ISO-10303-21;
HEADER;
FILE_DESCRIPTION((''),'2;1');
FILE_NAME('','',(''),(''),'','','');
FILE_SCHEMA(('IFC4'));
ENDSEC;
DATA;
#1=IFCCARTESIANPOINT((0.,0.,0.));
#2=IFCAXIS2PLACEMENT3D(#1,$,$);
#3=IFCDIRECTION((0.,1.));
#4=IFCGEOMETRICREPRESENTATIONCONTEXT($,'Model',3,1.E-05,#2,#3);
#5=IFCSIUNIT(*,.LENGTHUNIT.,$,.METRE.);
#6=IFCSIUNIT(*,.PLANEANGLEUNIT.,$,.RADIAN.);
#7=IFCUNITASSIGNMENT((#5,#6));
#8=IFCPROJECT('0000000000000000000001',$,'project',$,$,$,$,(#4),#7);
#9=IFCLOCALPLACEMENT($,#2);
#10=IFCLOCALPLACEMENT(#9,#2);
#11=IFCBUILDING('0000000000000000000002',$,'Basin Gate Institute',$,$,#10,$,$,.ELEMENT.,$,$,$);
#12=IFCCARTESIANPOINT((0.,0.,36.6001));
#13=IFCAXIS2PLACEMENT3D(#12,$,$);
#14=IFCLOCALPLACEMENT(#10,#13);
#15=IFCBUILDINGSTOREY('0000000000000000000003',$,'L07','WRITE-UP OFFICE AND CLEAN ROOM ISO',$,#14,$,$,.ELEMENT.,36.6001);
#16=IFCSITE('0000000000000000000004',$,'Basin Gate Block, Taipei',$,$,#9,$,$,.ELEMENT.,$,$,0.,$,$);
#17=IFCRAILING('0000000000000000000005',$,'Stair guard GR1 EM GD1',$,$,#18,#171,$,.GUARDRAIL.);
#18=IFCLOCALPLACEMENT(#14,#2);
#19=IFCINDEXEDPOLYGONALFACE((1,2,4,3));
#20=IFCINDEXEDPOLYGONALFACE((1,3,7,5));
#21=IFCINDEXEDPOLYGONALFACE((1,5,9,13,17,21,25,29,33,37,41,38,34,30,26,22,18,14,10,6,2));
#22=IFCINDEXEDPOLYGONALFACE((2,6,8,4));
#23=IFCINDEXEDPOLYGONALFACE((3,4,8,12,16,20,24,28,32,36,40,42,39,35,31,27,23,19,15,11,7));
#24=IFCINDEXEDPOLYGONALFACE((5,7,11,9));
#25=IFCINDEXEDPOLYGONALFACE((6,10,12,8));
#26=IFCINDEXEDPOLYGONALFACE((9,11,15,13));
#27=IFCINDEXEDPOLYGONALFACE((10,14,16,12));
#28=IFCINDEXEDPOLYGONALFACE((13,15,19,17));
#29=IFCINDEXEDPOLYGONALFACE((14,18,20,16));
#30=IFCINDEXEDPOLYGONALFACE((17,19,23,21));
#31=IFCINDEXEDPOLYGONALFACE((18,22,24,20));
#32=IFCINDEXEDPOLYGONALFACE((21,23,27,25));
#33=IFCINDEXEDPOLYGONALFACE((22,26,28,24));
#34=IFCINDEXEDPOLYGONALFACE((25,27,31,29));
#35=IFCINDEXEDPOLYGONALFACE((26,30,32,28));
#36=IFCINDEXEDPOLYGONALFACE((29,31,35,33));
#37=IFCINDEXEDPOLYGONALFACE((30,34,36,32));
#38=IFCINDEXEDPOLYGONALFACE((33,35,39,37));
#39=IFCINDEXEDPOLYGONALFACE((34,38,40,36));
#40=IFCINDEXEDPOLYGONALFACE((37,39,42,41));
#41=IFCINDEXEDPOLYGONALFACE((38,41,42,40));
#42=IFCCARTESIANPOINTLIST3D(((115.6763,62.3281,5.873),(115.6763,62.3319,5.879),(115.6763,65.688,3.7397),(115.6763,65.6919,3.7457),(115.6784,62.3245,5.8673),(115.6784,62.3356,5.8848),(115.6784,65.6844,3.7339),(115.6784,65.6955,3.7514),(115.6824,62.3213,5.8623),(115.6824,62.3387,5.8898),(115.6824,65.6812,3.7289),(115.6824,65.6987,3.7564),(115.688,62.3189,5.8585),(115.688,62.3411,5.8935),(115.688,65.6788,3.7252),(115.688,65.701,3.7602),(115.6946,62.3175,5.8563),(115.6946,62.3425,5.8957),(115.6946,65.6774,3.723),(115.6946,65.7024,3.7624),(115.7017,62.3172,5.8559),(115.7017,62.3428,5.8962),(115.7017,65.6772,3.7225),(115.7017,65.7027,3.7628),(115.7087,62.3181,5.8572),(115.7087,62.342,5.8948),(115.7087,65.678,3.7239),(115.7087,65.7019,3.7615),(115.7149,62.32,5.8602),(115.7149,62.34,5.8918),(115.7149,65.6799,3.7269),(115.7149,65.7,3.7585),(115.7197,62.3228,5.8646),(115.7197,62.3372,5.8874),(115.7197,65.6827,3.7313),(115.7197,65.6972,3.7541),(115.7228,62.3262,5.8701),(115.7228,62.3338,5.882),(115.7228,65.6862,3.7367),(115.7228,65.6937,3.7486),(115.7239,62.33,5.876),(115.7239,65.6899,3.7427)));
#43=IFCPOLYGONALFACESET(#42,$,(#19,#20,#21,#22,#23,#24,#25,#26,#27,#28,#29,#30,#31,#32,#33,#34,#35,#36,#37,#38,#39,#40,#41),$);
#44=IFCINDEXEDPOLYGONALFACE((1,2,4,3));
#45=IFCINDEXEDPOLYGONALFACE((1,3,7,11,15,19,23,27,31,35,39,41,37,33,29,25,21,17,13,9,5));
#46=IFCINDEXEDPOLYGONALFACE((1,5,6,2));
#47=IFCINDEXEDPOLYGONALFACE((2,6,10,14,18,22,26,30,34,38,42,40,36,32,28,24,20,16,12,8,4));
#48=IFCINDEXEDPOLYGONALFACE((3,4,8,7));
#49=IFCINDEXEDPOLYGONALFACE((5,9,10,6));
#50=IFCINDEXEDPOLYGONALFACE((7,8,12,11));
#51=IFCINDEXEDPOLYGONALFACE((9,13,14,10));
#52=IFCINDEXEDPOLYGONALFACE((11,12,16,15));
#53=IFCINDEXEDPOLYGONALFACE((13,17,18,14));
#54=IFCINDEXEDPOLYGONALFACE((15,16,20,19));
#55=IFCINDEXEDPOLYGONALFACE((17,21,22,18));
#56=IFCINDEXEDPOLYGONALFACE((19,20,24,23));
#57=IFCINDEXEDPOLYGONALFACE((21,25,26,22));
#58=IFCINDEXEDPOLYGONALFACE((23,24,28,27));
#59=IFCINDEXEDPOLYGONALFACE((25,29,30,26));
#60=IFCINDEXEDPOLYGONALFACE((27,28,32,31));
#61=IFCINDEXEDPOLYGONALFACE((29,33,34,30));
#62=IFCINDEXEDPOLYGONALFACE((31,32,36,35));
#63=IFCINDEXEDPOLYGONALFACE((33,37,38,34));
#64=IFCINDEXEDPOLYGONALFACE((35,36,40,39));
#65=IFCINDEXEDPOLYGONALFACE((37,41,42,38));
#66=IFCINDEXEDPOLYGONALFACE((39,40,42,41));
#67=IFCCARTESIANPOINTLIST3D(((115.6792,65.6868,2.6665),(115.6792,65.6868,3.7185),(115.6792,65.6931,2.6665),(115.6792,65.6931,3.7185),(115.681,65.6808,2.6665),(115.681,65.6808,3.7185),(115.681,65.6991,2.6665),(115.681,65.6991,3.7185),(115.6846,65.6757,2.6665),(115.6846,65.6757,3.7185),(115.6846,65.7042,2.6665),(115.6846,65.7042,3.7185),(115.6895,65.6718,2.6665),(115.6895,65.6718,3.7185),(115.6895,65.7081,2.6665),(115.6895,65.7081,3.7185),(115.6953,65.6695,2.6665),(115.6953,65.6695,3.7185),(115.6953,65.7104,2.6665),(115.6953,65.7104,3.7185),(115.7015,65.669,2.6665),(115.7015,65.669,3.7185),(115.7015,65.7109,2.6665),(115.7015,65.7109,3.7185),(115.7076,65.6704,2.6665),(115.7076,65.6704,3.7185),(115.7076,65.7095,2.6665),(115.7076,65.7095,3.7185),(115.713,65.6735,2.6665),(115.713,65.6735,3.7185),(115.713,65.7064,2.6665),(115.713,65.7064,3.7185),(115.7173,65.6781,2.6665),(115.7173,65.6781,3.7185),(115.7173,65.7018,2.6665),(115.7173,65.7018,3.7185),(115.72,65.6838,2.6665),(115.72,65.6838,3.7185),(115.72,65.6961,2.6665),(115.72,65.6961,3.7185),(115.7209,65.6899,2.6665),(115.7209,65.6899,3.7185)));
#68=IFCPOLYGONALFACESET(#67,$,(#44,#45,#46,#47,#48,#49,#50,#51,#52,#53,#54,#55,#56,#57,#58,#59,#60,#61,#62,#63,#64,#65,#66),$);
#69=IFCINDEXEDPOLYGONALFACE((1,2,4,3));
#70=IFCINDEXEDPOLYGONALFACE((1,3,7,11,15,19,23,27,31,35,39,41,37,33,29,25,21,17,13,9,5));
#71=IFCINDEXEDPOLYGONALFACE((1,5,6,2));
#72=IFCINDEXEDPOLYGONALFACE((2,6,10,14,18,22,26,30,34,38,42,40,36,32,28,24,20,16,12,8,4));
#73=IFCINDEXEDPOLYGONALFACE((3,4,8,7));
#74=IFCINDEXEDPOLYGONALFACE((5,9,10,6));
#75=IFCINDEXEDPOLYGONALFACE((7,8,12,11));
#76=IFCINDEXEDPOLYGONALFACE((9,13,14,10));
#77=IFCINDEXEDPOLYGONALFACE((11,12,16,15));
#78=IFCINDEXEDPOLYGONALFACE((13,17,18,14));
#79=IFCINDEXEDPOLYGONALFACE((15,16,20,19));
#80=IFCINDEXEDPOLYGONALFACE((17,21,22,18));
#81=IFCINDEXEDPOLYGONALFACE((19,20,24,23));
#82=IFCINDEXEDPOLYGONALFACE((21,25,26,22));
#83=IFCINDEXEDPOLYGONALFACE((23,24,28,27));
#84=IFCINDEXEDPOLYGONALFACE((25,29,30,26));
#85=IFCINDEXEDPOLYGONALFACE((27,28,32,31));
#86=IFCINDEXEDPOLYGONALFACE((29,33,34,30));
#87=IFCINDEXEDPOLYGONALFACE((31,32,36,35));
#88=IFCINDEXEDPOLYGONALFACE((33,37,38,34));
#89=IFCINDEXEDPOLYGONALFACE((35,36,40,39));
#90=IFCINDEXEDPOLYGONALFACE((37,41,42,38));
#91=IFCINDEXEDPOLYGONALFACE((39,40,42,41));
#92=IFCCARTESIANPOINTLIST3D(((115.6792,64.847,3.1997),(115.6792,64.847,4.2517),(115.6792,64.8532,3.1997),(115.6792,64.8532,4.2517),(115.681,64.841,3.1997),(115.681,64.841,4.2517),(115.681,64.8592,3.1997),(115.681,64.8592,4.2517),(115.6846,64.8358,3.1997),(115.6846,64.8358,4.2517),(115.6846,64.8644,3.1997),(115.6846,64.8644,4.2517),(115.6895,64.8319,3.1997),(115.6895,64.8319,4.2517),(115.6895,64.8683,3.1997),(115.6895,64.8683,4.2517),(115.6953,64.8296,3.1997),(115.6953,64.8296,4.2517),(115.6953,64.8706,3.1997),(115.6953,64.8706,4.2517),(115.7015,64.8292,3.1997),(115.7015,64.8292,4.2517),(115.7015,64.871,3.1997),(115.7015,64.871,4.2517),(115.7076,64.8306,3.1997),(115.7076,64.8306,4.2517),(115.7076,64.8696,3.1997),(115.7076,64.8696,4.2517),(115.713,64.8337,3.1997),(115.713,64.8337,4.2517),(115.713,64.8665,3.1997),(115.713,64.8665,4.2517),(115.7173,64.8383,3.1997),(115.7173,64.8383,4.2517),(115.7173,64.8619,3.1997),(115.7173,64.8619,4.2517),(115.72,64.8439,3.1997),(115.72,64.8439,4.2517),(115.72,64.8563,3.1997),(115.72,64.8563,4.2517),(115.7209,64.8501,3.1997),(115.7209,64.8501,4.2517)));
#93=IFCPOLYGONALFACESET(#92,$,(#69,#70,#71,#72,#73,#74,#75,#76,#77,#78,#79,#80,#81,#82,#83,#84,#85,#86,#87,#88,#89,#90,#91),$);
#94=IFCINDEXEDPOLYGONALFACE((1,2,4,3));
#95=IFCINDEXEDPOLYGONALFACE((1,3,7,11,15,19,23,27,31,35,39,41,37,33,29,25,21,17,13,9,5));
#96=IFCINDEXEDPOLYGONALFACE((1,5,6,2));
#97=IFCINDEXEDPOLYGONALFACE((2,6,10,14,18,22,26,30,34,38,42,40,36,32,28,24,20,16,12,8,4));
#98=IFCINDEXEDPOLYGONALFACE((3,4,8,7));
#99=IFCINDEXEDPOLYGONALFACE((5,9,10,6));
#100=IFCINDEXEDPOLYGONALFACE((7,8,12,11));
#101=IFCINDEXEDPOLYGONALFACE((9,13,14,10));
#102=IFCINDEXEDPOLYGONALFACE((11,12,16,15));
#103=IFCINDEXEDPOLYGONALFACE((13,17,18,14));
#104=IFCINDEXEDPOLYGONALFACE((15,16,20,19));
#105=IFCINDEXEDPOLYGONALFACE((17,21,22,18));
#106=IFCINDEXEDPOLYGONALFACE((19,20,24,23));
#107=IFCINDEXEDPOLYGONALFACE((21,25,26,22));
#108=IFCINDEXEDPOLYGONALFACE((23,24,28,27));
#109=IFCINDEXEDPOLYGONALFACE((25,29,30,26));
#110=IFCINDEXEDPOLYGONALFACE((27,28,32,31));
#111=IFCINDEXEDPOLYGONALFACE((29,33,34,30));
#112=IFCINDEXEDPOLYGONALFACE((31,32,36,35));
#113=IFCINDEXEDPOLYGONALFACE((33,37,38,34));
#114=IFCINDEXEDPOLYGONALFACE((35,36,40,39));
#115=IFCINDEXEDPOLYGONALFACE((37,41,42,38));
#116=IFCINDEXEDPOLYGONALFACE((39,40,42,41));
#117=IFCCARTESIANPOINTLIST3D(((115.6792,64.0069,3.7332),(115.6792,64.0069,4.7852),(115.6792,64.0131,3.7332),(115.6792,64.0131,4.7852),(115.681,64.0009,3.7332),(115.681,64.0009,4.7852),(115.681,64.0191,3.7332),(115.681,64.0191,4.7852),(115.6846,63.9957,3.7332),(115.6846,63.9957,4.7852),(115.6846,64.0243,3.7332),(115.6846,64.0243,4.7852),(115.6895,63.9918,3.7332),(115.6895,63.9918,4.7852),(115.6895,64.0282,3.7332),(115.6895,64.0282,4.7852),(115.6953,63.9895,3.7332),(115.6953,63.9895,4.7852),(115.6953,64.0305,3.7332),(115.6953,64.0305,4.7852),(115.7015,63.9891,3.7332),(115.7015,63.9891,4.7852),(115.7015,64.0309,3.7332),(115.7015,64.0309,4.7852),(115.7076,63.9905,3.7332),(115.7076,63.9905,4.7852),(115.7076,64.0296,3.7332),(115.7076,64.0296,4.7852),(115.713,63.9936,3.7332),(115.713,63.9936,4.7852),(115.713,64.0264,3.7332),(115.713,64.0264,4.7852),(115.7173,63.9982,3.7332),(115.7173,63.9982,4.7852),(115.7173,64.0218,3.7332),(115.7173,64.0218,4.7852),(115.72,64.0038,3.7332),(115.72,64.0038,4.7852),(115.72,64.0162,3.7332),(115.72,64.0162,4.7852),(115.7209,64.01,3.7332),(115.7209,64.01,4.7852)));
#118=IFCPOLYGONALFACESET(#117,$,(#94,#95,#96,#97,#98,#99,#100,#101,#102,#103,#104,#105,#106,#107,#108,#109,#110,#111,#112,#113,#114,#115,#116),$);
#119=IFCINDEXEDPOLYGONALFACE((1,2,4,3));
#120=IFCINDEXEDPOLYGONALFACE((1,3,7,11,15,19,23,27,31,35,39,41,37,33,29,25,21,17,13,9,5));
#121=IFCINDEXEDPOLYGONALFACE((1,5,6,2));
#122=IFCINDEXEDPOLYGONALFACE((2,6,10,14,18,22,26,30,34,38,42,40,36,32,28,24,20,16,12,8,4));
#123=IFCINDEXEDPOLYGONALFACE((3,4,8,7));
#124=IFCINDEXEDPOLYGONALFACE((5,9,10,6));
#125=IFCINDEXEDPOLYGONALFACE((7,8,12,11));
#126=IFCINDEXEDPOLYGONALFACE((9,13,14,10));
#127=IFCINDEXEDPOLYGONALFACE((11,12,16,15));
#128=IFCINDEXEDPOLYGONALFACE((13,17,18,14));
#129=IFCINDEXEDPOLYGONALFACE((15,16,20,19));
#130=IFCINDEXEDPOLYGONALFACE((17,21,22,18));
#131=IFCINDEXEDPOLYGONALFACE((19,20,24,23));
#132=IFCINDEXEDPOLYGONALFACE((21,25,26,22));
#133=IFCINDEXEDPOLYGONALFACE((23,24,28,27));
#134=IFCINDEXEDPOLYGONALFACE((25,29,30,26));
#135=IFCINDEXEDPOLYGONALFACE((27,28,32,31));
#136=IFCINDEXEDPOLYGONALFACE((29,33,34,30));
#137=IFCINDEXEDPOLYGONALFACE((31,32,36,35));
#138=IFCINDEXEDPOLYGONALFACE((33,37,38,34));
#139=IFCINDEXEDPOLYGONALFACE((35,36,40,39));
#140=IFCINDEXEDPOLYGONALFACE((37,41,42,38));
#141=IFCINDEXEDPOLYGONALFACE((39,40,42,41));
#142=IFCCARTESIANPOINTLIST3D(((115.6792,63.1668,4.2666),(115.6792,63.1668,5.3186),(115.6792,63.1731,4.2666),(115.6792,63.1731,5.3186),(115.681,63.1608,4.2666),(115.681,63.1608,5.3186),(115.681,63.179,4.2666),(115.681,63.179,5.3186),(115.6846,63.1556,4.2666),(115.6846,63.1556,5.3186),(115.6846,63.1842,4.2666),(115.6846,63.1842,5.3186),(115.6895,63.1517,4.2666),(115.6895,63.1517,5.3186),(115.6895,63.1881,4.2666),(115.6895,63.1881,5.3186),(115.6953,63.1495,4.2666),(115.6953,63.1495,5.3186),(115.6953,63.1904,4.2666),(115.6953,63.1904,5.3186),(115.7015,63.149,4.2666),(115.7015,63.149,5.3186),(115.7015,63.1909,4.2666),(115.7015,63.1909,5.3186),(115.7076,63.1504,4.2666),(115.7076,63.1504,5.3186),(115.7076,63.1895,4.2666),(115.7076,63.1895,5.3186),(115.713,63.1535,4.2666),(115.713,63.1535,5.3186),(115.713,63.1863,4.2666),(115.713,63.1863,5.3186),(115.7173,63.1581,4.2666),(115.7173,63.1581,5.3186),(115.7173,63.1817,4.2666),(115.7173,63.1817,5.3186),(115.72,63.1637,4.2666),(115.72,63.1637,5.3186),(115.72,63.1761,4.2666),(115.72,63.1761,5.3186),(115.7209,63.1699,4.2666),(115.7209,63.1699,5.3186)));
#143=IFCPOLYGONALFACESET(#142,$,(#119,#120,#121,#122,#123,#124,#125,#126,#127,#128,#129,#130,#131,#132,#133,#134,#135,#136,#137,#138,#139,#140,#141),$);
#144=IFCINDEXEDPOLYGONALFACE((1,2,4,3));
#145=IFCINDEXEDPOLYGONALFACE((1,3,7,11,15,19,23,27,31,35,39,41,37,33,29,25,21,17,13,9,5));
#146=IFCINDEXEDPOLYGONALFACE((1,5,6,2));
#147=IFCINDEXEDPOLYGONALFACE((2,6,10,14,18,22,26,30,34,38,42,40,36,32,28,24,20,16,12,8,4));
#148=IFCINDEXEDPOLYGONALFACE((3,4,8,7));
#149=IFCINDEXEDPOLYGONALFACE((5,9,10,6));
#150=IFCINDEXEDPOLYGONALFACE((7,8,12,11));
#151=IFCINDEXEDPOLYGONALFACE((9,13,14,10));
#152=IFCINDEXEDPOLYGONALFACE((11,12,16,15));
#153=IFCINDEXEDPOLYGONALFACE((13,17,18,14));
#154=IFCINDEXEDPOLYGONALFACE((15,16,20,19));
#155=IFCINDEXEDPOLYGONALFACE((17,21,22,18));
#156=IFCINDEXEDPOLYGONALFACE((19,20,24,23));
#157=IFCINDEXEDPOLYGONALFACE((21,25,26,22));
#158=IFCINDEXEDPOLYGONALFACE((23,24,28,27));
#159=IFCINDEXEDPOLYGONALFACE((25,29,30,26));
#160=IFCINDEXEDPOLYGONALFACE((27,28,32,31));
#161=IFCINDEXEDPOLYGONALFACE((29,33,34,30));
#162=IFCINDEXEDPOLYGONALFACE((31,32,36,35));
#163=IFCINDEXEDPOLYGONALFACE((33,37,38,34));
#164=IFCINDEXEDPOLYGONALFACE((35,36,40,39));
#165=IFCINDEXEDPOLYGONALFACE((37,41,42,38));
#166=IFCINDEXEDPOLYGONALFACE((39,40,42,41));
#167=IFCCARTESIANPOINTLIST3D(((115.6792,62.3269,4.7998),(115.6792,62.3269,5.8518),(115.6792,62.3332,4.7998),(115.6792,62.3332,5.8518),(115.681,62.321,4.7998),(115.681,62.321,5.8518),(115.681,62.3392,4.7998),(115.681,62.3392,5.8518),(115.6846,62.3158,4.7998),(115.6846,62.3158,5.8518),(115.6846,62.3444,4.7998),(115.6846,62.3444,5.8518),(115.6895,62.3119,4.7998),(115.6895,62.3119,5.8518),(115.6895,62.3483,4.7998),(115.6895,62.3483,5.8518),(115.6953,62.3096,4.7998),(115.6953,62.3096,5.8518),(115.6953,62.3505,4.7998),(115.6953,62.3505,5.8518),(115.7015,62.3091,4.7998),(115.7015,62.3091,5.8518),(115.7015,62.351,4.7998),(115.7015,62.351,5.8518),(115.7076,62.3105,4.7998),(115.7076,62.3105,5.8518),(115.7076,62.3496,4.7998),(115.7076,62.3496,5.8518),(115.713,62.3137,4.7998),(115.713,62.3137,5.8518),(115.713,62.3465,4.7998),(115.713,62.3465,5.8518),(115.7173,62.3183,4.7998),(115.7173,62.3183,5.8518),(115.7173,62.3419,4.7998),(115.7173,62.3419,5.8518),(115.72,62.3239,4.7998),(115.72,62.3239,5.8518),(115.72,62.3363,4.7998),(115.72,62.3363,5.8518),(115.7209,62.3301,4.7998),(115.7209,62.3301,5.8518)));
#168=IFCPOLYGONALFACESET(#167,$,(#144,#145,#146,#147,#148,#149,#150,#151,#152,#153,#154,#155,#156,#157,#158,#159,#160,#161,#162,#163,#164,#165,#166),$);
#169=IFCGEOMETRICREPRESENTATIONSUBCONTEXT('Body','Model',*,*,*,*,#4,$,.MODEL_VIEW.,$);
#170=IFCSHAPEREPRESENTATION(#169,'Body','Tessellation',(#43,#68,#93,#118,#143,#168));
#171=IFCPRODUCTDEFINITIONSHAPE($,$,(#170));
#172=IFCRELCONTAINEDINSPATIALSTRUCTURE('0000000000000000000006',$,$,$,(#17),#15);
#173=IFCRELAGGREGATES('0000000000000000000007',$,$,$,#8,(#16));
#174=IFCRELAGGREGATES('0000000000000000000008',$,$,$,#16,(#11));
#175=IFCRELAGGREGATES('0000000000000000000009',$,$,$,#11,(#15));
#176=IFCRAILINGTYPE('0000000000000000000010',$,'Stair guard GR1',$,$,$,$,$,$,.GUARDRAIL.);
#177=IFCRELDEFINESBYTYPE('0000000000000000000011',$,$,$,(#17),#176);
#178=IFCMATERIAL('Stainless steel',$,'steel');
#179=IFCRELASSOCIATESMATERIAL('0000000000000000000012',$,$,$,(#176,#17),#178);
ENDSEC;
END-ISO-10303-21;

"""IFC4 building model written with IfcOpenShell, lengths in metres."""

from ifc_helpers import new_model, si_unit, direction, frame, origin, origin_2d, place, context, subcontext, project, spatial, circle, extrude, material, type_object, element, save


model = new_model("IFC4")

# Units and contexts
model_context = context("Model", 3, precision=1e-05, world=origin(), true_north=direction((0.0, 1.0)))
body_context = subcontext(model_context, "Body", "Model", "MODEL_VIEW")
ifc_project = project(units=[si_unit("LENGTHUNIT", "METRE"), si_unit("PLANEANGLEUNIT", "RADIAN")], contexts=[model_context])

# Site, building, storey
site_placement = place(None, origin())
site = spatial("IfcSite", under=ifc_project, at=site_placement, Name="Basin Gate Block, Taipei", CompositionType="ELEMENT", RefElevation=0.0)
building_placement = place(site_placement, origin())
building = spatial("IfcBuilding", under=site, at=building_placement, Name="Basin Gate Institute", CompositionType="ELEMENT")
storey_placement = place(building_placement, frame((0.0, 0.0, 36.6001)))
storey = spatial("IfcBuildingStorey", under=building, at=storey_placement, Name="L07", Description="WRITE-UP OFFICE AND CLEAN ROOM ISO", CompositionType="ELEMENT", Elevation=36.6001)

# Railing
ifc_material_1 = material(Name="Stainless steel", Category="steel")
railing_type_1 = type_object("IfcRailingType", Name="Stair guard GR1", PredefinedType="GUARDRAIL", material=ifc_material_1)
railing_1_placement = place(storey_placement, frame((115.7, 65.6899, 2.6665)))
element("IfcRailing", 1, at=railing_1_placement, inside=storey, type_object=railing_type_1, material=ifc_material_1, Name="Stair guard GR1 EM GD1", PredefinedType="GUARDRAIL", context=body_context, shape_type="SweptSolid", body=[
    extrude(circle(Radius=0.0239, at=origin_2d()), frame((0.0, 0.0, 1.0762), z_axis=(0.0, -0.844207, 0.536018), x_axis=(1.0, 0.0, 0.0)), (0.0, 0.0, 1.0), 3.98),
    extrude(circle(Radius=0.021, at=origin_2d()), origin(), (0.0, 0.0, 1.0), 1.052),
    extrude(circle(Radius=0.021, at=origin_2d()), frame((0.0, -0.8398, 0.5332)), (0.0, 0.0, 1.0), 1.052),
    extrude(circle(Radius=0.021, at=origin_2d()), frame((0.0, -1.6799, 1.0667)), (0.0, 0.0, 1.0), 1.052),
    extrude(circle(Radius=0.021, at=origin_2d()), frame((0.0, -2.52, 1.6001)), (0.0, 0.0, 1.0), 1.052),
    extrude(circle(Radius=0.021, at=origin_2d()), frame((0.0, -3.3599, 2.1333)), (0.0, 0.0, 1.0), 1.052),
])

save(model, "model.ifc")
